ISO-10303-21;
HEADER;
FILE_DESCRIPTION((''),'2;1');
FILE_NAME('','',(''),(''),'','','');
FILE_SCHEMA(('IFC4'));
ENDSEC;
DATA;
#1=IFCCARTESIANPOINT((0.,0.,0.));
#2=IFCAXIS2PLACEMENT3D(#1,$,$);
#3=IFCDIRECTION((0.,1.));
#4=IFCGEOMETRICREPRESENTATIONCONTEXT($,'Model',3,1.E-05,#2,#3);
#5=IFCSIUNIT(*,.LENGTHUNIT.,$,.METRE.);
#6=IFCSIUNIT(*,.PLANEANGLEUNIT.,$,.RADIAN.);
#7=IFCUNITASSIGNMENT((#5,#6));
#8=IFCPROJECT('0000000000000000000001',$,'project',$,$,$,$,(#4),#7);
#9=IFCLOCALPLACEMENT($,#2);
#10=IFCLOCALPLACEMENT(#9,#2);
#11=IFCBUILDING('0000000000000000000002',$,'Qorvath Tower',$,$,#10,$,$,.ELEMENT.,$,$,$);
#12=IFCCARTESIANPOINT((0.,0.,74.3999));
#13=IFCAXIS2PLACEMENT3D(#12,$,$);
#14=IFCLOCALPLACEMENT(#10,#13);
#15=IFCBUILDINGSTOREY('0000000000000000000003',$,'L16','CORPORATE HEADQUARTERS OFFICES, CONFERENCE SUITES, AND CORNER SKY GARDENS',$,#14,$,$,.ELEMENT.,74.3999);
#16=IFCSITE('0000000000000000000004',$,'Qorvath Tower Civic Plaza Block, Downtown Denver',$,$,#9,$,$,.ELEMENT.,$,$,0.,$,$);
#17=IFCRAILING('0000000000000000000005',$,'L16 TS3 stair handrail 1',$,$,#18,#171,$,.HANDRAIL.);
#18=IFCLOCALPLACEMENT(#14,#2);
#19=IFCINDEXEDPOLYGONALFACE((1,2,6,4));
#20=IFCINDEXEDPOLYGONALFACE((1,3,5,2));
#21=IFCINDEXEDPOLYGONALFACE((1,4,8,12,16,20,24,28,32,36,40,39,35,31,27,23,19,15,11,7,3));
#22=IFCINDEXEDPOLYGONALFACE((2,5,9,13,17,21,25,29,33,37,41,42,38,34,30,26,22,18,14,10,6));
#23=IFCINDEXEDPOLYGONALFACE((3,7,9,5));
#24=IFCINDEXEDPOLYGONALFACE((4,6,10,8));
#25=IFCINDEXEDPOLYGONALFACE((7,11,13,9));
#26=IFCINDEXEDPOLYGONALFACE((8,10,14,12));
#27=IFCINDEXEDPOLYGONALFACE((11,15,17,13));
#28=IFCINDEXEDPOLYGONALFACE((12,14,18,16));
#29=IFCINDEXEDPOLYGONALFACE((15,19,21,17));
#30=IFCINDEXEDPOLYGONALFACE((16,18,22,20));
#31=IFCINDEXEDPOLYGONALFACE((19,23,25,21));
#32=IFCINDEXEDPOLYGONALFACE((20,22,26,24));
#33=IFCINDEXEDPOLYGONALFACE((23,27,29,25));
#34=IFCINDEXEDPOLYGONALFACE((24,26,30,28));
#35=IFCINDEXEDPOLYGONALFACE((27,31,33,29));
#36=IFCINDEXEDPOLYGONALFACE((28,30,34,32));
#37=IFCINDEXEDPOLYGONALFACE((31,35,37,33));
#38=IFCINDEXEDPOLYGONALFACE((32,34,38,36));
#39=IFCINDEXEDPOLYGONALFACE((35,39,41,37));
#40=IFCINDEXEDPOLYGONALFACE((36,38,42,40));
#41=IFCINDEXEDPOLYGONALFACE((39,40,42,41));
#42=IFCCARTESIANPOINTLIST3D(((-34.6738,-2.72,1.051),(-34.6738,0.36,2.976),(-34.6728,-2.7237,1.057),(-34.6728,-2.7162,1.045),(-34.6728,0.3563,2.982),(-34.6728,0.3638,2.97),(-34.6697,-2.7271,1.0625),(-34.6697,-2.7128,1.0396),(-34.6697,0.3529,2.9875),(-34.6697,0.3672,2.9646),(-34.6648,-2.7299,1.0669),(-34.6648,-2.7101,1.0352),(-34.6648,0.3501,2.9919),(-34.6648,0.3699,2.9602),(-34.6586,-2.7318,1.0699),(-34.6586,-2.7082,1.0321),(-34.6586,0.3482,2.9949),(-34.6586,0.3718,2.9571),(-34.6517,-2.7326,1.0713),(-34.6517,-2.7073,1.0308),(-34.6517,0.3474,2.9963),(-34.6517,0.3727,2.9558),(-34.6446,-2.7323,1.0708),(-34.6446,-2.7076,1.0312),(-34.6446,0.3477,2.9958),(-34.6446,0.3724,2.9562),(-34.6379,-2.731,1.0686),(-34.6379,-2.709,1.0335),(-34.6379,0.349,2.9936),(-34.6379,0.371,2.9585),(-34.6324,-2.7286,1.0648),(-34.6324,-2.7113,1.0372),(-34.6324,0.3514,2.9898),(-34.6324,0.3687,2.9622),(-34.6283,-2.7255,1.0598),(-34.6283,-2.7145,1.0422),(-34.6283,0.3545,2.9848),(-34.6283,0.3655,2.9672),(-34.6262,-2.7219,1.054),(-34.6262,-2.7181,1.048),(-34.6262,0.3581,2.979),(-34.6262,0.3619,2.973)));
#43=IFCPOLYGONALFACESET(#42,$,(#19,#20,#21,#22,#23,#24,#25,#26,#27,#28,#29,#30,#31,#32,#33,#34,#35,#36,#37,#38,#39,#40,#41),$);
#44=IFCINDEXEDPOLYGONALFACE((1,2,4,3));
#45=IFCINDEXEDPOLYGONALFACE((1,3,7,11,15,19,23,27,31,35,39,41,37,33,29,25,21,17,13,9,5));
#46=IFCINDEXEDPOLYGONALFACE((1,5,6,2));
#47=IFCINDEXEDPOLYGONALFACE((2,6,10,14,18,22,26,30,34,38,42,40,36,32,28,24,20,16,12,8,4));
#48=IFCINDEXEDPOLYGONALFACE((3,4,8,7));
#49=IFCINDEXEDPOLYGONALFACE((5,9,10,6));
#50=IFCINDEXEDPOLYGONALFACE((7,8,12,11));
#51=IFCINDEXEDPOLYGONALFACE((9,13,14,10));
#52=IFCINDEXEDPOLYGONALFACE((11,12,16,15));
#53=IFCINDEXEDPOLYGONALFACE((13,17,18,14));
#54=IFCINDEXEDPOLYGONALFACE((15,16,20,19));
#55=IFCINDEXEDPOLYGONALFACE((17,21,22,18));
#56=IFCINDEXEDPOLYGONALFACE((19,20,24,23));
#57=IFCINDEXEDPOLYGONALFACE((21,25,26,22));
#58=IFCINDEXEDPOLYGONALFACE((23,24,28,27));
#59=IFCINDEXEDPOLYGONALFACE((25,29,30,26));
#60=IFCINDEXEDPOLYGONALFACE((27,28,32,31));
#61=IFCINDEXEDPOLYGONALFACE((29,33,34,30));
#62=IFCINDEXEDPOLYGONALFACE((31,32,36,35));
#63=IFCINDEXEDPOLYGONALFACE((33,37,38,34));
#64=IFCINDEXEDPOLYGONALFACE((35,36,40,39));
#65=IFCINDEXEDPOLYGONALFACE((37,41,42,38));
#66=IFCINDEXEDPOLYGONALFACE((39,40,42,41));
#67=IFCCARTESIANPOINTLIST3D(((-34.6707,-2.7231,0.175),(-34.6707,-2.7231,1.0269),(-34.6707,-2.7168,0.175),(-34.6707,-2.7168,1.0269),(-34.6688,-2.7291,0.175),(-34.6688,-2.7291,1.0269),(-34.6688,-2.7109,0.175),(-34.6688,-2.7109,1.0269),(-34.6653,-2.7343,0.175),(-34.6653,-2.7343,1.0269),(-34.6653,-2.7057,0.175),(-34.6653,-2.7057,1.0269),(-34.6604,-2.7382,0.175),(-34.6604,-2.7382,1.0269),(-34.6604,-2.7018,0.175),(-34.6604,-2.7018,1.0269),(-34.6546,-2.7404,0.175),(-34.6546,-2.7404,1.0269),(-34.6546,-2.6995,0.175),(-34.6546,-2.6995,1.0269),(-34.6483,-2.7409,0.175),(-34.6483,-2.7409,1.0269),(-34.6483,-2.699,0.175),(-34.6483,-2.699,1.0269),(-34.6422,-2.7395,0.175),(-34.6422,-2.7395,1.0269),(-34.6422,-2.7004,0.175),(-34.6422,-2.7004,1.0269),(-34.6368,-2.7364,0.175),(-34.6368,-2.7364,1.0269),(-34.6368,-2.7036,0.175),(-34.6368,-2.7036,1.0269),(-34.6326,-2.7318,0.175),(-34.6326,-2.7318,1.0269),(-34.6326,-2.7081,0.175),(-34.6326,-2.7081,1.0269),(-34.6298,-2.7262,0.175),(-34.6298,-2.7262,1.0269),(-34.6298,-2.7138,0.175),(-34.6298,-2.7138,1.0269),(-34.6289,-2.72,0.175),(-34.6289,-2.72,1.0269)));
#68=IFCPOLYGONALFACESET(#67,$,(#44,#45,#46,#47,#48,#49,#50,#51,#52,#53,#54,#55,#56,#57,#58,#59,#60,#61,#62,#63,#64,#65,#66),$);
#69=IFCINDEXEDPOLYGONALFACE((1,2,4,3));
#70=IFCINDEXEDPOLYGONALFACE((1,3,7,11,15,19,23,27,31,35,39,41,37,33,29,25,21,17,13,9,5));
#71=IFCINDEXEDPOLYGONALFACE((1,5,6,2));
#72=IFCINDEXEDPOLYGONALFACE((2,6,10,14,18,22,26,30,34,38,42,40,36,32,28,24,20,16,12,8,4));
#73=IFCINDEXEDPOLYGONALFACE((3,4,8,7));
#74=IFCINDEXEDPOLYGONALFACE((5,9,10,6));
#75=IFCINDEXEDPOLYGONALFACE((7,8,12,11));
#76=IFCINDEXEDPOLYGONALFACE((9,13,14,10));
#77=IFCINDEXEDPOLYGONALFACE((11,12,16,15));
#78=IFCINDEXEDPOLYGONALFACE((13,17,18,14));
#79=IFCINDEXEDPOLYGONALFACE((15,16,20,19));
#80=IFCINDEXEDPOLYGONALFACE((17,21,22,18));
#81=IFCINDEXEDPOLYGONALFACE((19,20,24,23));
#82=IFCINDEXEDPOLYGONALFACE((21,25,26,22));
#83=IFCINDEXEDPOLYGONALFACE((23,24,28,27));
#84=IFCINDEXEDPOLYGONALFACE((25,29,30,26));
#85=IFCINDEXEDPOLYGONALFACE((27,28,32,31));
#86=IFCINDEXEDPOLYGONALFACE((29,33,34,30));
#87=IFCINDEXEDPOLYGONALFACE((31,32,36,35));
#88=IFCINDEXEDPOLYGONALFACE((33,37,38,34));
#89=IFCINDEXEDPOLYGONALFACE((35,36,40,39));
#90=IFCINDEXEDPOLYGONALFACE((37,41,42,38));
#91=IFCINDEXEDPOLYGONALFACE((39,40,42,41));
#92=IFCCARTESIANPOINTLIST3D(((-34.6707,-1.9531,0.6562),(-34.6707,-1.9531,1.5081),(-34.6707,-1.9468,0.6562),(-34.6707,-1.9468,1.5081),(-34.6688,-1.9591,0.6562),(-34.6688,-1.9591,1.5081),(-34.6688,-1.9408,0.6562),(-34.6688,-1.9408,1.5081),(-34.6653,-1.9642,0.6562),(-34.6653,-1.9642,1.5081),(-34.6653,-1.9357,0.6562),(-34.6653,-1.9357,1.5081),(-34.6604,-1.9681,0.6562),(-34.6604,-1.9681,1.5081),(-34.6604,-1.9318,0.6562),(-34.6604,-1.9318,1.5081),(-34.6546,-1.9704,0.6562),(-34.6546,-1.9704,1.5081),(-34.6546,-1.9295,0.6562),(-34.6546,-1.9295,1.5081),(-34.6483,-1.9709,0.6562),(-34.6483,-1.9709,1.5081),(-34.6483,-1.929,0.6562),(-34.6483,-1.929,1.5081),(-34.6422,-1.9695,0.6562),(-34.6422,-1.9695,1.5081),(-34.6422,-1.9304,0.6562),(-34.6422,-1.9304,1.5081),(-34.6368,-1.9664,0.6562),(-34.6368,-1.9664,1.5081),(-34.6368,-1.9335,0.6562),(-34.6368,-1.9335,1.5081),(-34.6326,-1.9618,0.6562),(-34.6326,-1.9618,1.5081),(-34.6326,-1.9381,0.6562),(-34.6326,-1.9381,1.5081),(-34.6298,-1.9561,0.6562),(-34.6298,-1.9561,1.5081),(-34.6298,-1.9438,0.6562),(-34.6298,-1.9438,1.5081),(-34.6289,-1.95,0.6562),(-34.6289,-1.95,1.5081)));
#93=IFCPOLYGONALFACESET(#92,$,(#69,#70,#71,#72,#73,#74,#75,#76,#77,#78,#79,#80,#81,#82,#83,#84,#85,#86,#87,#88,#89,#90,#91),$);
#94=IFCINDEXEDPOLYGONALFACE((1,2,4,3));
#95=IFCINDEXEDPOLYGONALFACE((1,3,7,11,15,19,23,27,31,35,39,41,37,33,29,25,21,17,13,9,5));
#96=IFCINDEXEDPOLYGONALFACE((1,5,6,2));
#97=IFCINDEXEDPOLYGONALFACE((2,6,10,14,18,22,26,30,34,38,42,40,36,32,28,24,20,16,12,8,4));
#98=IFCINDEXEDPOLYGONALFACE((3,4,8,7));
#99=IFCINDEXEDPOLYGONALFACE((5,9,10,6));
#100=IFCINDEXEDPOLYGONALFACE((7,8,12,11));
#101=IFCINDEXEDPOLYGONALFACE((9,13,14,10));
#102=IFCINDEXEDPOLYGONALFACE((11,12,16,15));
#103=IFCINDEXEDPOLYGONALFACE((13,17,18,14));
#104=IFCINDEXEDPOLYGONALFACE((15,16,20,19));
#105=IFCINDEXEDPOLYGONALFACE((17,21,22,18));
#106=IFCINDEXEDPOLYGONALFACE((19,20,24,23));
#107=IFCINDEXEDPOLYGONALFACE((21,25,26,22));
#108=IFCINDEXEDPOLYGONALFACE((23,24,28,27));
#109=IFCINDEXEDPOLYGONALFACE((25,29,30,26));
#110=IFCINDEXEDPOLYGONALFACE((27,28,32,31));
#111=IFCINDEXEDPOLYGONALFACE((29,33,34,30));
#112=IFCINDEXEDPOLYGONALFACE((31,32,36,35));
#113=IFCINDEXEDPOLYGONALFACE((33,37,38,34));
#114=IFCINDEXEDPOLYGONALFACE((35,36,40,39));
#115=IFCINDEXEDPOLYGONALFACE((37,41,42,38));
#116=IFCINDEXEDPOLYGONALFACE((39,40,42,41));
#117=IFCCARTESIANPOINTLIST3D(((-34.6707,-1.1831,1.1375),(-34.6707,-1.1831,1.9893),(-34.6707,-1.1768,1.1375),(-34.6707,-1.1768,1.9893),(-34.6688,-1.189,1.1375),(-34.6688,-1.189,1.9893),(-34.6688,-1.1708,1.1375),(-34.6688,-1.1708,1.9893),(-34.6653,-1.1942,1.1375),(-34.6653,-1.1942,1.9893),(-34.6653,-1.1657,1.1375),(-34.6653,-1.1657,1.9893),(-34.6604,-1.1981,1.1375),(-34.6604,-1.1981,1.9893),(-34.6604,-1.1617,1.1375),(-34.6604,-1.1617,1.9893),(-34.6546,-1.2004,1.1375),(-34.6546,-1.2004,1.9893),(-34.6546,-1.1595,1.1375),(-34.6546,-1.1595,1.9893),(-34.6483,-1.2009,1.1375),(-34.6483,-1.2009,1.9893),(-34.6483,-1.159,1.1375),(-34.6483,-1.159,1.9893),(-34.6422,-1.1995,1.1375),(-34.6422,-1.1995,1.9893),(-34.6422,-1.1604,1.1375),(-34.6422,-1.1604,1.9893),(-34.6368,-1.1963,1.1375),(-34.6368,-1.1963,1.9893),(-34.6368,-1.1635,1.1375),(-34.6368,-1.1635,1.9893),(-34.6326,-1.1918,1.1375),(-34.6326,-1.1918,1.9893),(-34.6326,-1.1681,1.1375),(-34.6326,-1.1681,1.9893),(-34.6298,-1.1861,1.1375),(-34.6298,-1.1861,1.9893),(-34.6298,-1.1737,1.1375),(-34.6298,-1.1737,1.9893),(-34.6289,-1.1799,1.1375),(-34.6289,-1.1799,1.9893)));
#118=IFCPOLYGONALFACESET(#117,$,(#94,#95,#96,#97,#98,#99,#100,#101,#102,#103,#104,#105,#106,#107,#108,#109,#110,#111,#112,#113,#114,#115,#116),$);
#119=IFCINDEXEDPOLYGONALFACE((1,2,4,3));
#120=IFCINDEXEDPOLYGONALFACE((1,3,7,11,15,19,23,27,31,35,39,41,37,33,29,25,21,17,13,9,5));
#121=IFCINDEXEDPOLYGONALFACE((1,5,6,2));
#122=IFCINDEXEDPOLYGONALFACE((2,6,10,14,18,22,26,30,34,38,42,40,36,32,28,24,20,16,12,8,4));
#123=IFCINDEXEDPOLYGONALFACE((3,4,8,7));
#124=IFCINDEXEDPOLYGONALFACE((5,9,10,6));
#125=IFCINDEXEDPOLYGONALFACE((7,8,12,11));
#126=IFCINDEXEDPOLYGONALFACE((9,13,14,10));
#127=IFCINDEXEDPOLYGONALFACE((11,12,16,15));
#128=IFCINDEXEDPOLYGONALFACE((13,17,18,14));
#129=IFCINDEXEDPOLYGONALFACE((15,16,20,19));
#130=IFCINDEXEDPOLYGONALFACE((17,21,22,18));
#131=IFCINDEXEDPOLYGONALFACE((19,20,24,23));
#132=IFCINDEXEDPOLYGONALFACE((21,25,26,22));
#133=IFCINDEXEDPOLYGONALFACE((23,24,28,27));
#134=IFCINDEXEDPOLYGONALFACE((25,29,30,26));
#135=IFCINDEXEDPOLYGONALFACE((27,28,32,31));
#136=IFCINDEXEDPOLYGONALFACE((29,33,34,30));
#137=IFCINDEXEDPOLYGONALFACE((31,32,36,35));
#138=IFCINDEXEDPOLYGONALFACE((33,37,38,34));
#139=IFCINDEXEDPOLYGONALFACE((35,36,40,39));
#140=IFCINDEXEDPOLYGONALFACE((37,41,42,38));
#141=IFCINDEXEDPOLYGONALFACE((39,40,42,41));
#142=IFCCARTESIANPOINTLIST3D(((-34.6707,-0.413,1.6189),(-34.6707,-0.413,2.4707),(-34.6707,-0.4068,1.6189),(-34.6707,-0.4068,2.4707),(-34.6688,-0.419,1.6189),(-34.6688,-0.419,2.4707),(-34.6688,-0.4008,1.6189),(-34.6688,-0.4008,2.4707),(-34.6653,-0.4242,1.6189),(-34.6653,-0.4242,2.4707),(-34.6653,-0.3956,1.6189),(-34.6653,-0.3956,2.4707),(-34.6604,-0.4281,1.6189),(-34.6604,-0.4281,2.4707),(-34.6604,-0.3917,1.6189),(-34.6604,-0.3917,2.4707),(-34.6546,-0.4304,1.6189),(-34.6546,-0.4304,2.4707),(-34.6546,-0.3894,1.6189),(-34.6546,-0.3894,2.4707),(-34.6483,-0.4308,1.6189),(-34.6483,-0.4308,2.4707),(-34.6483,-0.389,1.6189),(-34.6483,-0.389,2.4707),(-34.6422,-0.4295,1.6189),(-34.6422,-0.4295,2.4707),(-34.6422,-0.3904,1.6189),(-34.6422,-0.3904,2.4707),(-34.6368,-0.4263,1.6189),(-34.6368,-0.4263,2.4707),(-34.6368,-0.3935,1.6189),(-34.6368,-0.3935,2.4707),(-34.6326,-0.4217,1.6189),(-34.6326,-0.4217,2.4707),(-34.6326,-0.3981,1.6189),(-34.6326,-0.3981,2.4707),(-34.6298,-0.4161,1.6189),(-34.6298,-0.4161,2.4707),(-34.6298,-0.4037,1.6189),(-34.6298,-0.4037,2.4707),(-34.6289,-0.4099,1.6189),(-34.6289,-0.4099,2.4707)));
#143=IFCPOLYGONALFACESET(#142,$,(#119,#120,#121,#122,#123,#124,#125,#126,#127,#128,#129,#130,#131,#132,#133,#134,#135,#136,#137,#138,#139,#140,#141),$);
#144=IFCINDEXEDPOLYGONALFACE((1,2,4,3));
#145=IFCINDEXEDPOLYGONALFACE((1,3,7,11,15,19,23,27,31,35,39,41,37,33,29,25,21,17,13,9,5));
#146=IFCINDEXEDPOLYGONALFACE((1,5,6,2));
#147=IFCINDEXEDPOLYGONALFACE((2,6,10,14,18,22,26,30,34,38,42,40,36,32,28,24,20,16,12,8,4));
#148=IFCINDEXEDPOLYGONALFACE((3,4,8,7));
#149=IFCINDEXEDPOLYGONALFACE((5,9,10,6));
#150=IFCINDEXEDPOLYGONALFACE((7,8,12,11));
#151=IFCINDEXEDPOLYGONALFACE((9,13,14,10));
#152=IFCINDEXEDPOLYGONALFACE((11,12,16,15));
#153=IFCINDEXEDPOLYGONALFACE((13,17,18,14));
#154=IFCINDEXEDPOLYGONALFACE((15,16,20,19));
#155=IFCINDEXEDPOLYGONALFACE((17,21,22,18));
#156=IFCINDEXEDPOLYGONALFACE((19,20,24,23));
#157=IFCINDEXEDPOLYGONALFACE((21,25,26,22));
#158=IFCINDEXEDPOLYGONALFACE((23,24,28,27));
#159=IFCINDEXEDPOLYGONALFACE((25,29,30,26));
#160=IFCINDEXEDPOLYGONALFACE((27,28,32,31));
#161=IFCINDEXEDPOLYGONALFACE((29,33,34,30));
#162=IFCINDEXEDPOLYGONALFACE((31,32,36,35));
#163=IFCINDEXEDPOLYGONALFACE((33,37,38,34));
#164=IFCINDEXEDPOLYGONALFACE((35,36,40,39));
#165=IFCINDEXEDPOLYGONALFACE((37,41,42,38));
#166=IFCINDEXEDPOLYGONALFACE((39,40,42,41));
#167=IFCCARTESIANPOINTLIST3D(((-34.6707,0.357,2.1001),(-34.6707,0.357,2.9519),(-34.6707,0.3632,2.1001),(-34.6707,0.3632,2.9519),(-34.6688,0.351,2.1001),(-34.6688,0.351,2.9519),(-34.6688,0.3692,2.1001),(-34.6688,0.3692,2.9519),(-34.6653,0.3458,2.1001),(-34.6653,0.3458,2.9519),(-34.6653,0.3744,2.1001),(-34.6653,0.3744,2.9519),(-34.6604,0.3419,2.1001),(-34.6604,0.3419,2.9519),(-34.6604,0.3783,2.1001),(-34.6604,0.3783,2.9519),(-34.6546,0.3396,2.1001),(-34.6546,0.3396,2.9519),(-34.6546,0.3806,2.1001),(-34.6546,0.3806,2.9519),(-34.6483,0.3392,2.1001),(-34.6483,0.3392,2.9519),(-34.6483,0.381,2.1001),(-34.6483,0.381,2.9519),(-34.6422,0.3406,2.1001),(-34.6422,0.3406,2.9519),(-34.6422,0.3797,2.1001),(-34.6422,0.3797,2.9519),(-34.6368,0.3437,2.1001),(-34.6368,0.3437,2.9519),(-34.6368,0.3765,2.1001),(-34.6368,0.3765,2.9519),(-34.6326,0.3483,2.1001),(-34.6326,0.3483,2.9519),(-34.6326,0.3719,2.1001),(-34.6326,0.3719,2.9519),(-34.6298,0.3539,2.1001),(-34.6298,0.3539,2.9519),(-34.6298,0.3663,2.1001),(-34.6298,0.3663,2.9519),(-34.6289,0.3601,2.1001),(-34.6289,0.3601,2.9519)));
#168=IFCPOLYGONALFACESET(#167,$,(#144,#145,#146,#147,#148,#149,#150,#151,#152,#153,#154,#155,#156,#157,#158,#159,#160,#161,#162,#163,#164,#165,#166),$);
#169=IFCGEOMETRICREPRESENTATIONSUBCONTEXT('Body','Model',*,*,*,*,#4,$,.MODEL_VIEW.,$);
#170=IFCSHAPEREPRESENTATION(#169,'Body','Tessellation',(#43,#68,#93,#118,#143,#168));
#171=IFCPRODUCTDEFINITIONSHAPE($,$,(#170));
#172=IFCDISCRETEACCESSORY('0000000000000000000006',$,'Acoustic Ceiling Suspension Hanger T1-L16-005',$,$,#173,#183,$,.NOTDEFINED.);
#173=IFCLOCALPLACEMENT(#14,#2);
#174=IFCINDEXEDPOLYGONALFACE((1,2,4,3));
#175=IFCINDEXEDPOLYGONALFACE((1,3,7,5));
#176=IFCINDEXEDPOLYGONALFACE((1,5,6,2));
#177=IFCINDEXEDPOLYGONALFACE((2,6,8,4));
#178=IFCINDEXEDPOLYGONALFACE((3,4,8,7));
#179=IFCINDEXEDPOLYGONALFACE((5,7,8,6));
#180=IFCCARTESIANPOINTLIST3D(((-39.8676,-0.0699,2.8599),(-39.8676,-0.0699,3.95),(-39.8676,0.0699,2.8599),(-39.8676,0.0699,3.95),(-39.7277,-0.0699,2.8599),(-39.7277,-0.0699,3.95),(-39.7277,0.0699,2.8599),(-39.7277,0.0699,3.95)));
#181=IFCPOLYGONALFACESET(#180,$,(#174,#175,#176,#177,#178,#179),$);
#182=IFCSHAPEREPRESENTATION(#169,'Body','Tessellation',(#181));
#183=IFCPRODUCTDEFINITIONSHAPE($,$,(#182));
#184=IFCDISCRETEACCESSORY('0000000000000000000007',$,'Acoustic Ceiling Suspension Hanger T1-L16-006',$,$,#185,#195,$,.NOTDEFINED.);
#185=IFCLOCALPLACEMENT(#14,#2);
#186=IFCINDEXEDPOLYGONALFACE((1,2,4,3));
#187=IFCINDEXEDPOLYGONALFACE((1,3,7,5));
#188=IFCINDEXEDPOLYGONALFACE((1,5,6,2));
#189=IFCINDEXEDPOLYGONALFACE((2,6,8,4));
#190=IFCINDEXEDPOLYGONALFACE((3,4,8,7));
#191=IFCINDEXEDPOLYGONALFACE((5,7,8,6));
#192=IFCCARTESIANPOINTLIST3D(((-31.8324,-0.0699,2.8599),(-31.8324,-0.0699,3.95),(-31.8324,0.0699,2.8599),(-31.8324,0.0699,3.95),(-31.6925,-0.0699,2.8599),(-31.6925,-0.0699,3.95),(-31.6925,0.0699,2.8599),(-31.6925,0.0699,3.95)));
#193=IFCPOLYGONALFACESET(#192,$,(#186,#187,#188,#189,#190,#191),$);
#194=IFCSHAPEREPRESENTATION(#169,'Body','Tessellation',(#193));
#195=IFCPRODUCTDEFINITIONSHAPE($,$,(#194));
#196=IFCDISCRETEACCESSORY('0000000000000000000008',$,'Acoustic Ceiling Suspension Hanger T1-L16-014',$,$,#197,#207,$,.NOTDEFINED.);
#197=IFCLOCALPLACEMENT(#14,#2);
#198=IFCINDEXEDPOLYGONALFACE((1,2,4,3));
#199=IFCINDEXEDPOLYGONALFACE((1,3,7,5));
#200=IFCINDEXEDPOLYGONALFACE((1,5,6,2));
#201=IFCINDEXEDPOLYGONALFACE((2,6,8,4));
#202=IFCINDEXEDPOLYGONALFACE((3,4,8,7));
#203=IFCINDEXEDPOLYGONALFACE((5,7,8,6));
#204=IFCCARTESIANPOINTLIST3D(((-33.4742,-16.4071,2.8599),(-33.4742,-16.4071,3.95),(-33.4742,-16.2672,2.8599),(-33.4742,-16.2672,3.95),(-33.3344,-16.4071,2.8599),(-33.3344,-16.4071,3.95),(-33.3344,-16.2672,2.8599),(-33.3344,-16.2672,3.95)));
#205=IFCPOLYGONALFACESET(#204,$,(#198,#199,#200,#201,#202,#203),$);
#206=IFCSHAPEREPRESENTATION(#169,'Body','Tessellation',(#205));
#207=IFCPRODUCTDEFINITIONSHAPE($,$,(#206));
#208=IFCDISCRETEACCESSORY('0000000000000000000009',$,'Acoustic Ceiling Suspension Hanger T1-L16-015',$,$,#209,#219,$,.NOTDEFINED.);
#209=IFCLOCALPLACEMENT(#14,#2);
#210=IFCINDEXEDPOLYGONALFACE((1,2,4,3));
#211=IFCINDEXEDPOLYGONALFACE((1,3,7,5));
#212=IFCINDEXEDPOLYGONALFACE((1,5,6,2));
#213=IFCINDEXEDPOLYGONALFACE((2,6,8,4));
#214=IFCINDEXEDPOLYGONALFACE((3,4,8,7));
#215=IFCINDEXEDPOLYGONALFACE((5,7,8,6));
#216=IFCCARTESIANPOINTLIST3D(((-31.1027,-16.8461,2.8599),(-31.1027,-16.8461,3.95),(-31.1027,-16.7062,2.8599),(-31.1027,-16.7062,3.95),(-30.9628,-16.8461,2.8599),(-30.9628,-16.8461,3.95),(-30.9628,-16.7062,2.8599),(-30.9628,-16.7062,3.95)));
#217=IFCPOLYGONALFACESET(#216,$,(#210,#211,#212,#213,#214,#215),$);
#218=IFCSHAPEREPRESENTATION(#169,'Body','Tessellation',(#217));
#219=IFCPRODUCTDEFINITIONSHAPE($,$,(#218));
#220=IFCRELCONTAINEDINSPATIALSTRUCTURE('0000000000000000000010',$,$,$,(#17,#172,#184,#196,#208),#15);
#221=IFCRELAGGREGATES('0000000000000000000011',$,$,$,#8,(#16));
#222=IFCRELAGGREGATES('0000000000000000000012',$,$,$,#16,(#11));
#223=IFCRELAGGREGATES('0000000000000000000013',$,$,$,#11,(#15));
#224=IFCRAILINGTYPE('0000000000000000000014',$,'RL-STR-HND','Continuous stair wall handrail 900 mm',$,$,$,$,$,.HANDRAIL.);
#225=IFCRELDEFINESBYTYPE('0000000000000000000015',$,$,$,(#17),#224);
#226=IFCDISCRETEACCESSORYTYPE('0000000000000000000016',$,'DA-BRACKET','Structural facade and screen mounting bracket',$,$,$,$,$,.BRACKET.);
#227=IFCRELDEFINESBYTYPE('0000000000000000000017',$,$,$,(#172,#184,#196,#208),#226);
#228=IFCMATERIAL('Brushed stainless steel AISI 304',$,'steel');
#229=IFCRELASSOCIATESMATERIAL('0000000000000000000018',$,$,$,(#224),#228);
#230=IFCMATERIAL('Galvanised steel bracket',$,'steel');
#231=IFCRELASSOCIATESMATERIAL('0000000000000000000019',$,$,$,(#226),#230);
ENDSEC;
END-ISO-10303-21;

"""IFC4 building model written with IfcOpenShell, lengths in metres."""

from ifc_helpers import new_model, si_unit, direction, frame, origin, origin_2d, place, context, subcontext, project, spatial, rectangle, circle, extrude, material, type_object, element, save


model = new_model("IFC4")

# Units and contexts
model_context = context("Model", 3, precision=1e-05, world=origin(), true_north=direction((0.0, 1.0)))
body_context = subcontext(model_context, "Body", "Model", "MODEL_VIEW")
ifc_project = project(units=[si_unit("LENGTHUNIT", "METRE"), si_unit("PLANEANGLEUNIT", "RADIAN")], contexts=[model_context])

# Site, building, storey
site_placement = place(None, origin())
site = spatial("IfcSite", under=ifc_project, at=site_placement, Name="Qorvath Tower Civic Plaza Block, Downtown Denver", CompositionType="ELEMENT", RefElevation=0.0)
building_placement = place(site_placement, origin())
building = spatial("IfcBuilding", under=site, at=building_placement, Name="Qorvath Tower", CompositionType="ELEMENT")
storey_placement = place(building_placement, frame((0.0, 0.0, 74.3999)))
storey = spatial("IfcBuildingStorey", under=building, at=storey_placement, Name="L16", Description="CORPORATE HEADQUARTERS OFFICES, CONFERENCE SUITES, AND CORNER SKY GARDENS", CompositionType="ELEMENT", Elevation=74.3999)

# Railing
ifc_material_1 = material(Name="Brushed stainless steel AISI 304", Category="steel")
railing_type_1 = type_object("IfcRailingType", Name="RL-STR-HND", Description="Continuous stair wall handrail 900 mm", PredefinedType="HANDRAIL", material=ifc_material_1)
railing_1_placement = place(storey_placement, frame((-34.6499, -2.72, 0.175)))
element("IfcRailing", 1, at=railing_1_placement, inside=storey, type_object=railing_type_1, Name="L16 TS3 stair handrail 1", PredefinedType="HANDRAIL", context=body_context, shape_type="SweptSolid", body=[
    extrude(circle(Radius=0.0239, at=origin_2d()), frame((0.0, 0.0, 0.876), z_axis=(0.0, 0.847998, 0.529999), x_axis=(-1.0, 0.0, 0.0)), (0.0, 0.0, 1.0), 3.6321),
    extrude(circle(Radius=0.021, at=origin_2d()), origin(), (0.0, 0.0, 1.0), 0.8518),
    extrude(circle(Radius=0.021, at=origin_2d()), frame((0.0, 0.77, 0.4812)), (0.0, 0.0, 1.0), 0.8518),
    extrude(circle(Radius=0.021, at=origin_2d()), frame((0.0, 1.54, 0.9624)), (0.0, 0.0, 1.0), 0.8518),
    extrude(circle(Radius=0.021, at=origin_2d()), frame((0.0, 2.3101, 1.4438)), (0.0, 0.0, 1.0), 0.8518),
    extrude(circle(Radius=0.021, at=origin_2d()), frame((0.0, 3.0801, 1.925)), (0.0, 0.0, 1.0), 0.8518),
])

# Discrete accessories
ifc_material_2 = material(Name="Galvanised steel bracket", Category="steel")
discrete_accessory_type = type_object("IfcDiscreteAccessoryType", Name="DA-BRACKET", Description="Structural facade and screen mounting bracket", PredefinedType="BRACKET", material=ifc_material_2)
for number, where, z_axis, x_axis, name in (
    (2, (-39.7976, 0.0, 2.8599), (0.0, 0.0, 1.0), (1.0, 0.0, 0.0), "Acoustic Ceiling Suspension Hanger T1-L16-005"),
    (3, (-31.7625, 0.0, 2.8599), (0.0, 0.0, 1.0), (1.0, 0.0, 0.0), "Acoustic Ceiling Suspension Hanger T1-L16-006"),
    (4, (-33.4043, -16.3372, 2.8599), (0.0, 0.0, 1.0), (1.0, 0.0, 0.0), "Acoustic Ceiling Suspension Hanger T1-L16-014"),
    (5, (-31.0327, -16.7761, 2.8599), (0.0, 0.0, 1.0), (1.0, 0.0, 0.0), "Acoustic Ceiling Suspension Hanger T1-L16-015"),
):
    element("IfcDiscreteAccessory", number, at=place(storey_placement, frame(where, z_axis=z_axis, x_axis=x_axis)), inside=storey, type_object=discrete_accessory_type, Name=name, PredefinedType="NOTDEFINED", context=body_context, shape_type="SweptSolid", body=[
        extrude(rectangle(XDim=0.1399, YDim=0.1399, at=origin_2d()), origin(), (0.0, 0.0, 1.0), 1.0901),
    ])

save(model, "model.ifc")
